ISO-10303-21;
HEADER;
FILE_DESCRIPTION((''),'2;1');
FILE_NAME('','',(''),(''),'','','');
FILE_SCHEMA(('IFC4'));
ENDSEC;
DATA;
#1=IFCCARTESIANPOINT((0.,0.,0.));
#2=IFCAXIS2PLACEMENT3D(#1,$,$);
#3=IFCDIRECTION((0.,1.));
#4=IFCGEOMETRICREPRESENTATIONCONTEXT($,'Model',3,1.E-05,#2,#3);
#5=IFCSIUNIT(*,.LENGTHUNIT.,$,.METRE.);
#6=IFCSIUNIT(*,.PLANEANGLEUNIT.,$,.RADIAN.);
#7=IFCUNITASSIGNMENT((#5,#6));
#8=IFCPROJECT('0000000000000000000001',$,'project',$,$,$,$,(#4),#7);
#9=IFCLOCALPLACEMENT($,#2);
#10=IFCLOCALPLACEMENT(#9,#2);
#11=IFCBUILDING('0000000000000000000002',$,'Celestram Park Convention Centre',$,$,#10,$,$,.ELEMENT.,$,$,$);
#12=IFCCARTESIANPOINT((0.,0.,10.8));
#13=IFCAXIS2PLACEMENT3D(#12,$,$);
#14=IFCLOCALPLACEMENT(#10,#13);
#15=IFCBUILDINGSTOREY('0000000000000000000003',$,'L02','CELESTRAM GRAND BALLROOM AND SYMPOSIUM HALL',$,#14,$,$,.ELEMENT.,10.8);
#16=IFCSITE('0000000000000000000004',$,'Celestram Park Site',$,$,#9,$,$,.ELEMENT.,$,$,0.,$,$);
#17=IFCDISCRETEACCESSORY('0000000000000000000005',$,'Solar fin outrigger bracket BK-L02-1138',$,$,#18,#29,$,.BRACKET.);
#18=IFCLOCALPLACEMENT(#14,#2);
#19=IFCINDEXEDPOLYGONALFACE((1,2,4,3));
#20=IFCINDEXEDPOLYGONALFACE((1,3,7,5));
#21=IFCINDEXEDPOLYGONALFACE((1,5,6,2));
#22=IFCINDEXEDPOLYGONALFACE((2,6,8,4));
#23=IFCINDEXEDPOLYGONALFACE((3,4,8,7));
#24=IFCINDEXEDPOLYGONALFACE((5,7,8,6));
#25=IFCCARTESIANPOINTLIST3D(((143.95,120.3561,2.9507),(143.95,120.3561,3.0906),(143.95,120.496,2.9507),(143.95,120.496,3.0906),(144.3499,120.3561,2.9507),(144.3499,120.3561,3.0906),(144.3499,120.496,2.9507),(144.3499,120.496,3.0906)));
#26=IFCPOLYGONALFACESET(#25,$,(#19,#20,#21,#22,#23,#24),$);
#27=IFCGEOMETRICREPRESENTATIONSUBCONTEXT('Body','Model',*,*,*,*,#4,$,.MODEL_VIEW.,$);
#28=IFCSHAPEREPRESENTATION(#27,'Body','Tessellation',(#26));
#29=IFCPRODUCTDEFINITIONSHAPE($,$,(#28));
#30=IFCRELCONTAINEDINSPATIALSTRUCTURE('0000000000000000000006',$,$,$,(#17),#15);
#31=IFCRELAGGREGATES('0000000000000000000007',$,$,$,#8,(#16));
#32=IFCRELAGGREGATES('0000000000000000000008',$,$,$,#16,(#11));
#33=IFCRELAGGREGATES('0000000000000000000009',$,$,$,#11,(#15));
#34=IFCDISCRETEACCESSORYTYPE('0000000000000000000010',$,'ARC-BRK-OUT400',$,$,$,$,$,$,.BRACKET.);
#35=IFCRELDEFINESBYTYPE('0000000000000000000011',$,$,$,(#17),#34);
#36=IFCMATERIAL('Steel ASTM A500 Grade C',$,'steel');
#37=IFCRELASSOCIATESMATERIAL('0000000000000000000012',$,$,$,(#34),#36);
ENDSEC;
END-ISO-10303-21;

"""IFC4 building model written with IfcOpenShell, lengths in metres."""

from ifc_helpers import new_model, si_unit, direction, frame, origin, origin_2d, place, context, subcontext, project, spatial, rectangle, extrude, material, type_object, element, save


model = new_model("IFC4")

# Units and contexts
model_context = context("Model", 3, precision=1e-05, world=origin(), true_north=direction((0.0, 1.0)))
body_context = subcontext(model_context, "Body", "Model", "MODEL_VIEW")
ifc_project = project(units=[si_unit("LENGTHUNIT", "METRE"), si_unit("PLANEANGLEUNIT", "RADIAN")], contexts=[model_context])

# Site, building, storey
site_placement = place(None, origin())
site = spatial("IfcSite", under=ifc_project, at=site_placement, Name="Celestram Park Site", CompositionType="ELEMENT", RefElevation=0.0)
building_placement = place(site_placement, origin())
building = spatial("IfcBuilding", under=site, at=building_placement, Name="Celestram Park Convention Centre", CompositionType="ELEMENT")
storey_placement = place(building_placement, frame((0.0, 0.0, 10.8)))
storey = spatial("IfcBuildingStorey", under=building, at=storey_placement, Name="L02", Description="CELESTRAM GRAND BALLROOM AND SYMPOSIUM HALL", CompositionType="ELEMENT", Elevation=10.8)

# Discrete accessory
ifc_material_1 = material(Name="Steel ASTM A500 Grade C", Category="steel")
discrete_accessory_type = type_object("IfcDiscreteAccessoryType", Name="ARC-BRK-OUT400", PredefinedType="BRACKET", material=ifc_material_1)
for number, where, z_axis, x_axis, name in (
    (1, (144.1499, 120.426, 2.9507), (0.0, 0.0, 1.0), (1.0, 0.0, 0.0), "Solar fin outrigger bracket BK-L02-1138"),
):
    element("IfcDiscreteAccessory", number, at=place(storey_placement, frame(where, z_axis=z_axis, x_axis=x_axis)), inside=storey, type_object=discrete_accessory_type, Name=name, PredefinedType="BRACKET", context=body_context, shape_type="SweptSolid", body=[
        extrude(rectangle(XDim=0.3999, YDim=0.1399, at=origin_2d()), origin(), (0.0, 0.0, 1.0), 0.1399),
    ])

save(model, "model.ifc")
